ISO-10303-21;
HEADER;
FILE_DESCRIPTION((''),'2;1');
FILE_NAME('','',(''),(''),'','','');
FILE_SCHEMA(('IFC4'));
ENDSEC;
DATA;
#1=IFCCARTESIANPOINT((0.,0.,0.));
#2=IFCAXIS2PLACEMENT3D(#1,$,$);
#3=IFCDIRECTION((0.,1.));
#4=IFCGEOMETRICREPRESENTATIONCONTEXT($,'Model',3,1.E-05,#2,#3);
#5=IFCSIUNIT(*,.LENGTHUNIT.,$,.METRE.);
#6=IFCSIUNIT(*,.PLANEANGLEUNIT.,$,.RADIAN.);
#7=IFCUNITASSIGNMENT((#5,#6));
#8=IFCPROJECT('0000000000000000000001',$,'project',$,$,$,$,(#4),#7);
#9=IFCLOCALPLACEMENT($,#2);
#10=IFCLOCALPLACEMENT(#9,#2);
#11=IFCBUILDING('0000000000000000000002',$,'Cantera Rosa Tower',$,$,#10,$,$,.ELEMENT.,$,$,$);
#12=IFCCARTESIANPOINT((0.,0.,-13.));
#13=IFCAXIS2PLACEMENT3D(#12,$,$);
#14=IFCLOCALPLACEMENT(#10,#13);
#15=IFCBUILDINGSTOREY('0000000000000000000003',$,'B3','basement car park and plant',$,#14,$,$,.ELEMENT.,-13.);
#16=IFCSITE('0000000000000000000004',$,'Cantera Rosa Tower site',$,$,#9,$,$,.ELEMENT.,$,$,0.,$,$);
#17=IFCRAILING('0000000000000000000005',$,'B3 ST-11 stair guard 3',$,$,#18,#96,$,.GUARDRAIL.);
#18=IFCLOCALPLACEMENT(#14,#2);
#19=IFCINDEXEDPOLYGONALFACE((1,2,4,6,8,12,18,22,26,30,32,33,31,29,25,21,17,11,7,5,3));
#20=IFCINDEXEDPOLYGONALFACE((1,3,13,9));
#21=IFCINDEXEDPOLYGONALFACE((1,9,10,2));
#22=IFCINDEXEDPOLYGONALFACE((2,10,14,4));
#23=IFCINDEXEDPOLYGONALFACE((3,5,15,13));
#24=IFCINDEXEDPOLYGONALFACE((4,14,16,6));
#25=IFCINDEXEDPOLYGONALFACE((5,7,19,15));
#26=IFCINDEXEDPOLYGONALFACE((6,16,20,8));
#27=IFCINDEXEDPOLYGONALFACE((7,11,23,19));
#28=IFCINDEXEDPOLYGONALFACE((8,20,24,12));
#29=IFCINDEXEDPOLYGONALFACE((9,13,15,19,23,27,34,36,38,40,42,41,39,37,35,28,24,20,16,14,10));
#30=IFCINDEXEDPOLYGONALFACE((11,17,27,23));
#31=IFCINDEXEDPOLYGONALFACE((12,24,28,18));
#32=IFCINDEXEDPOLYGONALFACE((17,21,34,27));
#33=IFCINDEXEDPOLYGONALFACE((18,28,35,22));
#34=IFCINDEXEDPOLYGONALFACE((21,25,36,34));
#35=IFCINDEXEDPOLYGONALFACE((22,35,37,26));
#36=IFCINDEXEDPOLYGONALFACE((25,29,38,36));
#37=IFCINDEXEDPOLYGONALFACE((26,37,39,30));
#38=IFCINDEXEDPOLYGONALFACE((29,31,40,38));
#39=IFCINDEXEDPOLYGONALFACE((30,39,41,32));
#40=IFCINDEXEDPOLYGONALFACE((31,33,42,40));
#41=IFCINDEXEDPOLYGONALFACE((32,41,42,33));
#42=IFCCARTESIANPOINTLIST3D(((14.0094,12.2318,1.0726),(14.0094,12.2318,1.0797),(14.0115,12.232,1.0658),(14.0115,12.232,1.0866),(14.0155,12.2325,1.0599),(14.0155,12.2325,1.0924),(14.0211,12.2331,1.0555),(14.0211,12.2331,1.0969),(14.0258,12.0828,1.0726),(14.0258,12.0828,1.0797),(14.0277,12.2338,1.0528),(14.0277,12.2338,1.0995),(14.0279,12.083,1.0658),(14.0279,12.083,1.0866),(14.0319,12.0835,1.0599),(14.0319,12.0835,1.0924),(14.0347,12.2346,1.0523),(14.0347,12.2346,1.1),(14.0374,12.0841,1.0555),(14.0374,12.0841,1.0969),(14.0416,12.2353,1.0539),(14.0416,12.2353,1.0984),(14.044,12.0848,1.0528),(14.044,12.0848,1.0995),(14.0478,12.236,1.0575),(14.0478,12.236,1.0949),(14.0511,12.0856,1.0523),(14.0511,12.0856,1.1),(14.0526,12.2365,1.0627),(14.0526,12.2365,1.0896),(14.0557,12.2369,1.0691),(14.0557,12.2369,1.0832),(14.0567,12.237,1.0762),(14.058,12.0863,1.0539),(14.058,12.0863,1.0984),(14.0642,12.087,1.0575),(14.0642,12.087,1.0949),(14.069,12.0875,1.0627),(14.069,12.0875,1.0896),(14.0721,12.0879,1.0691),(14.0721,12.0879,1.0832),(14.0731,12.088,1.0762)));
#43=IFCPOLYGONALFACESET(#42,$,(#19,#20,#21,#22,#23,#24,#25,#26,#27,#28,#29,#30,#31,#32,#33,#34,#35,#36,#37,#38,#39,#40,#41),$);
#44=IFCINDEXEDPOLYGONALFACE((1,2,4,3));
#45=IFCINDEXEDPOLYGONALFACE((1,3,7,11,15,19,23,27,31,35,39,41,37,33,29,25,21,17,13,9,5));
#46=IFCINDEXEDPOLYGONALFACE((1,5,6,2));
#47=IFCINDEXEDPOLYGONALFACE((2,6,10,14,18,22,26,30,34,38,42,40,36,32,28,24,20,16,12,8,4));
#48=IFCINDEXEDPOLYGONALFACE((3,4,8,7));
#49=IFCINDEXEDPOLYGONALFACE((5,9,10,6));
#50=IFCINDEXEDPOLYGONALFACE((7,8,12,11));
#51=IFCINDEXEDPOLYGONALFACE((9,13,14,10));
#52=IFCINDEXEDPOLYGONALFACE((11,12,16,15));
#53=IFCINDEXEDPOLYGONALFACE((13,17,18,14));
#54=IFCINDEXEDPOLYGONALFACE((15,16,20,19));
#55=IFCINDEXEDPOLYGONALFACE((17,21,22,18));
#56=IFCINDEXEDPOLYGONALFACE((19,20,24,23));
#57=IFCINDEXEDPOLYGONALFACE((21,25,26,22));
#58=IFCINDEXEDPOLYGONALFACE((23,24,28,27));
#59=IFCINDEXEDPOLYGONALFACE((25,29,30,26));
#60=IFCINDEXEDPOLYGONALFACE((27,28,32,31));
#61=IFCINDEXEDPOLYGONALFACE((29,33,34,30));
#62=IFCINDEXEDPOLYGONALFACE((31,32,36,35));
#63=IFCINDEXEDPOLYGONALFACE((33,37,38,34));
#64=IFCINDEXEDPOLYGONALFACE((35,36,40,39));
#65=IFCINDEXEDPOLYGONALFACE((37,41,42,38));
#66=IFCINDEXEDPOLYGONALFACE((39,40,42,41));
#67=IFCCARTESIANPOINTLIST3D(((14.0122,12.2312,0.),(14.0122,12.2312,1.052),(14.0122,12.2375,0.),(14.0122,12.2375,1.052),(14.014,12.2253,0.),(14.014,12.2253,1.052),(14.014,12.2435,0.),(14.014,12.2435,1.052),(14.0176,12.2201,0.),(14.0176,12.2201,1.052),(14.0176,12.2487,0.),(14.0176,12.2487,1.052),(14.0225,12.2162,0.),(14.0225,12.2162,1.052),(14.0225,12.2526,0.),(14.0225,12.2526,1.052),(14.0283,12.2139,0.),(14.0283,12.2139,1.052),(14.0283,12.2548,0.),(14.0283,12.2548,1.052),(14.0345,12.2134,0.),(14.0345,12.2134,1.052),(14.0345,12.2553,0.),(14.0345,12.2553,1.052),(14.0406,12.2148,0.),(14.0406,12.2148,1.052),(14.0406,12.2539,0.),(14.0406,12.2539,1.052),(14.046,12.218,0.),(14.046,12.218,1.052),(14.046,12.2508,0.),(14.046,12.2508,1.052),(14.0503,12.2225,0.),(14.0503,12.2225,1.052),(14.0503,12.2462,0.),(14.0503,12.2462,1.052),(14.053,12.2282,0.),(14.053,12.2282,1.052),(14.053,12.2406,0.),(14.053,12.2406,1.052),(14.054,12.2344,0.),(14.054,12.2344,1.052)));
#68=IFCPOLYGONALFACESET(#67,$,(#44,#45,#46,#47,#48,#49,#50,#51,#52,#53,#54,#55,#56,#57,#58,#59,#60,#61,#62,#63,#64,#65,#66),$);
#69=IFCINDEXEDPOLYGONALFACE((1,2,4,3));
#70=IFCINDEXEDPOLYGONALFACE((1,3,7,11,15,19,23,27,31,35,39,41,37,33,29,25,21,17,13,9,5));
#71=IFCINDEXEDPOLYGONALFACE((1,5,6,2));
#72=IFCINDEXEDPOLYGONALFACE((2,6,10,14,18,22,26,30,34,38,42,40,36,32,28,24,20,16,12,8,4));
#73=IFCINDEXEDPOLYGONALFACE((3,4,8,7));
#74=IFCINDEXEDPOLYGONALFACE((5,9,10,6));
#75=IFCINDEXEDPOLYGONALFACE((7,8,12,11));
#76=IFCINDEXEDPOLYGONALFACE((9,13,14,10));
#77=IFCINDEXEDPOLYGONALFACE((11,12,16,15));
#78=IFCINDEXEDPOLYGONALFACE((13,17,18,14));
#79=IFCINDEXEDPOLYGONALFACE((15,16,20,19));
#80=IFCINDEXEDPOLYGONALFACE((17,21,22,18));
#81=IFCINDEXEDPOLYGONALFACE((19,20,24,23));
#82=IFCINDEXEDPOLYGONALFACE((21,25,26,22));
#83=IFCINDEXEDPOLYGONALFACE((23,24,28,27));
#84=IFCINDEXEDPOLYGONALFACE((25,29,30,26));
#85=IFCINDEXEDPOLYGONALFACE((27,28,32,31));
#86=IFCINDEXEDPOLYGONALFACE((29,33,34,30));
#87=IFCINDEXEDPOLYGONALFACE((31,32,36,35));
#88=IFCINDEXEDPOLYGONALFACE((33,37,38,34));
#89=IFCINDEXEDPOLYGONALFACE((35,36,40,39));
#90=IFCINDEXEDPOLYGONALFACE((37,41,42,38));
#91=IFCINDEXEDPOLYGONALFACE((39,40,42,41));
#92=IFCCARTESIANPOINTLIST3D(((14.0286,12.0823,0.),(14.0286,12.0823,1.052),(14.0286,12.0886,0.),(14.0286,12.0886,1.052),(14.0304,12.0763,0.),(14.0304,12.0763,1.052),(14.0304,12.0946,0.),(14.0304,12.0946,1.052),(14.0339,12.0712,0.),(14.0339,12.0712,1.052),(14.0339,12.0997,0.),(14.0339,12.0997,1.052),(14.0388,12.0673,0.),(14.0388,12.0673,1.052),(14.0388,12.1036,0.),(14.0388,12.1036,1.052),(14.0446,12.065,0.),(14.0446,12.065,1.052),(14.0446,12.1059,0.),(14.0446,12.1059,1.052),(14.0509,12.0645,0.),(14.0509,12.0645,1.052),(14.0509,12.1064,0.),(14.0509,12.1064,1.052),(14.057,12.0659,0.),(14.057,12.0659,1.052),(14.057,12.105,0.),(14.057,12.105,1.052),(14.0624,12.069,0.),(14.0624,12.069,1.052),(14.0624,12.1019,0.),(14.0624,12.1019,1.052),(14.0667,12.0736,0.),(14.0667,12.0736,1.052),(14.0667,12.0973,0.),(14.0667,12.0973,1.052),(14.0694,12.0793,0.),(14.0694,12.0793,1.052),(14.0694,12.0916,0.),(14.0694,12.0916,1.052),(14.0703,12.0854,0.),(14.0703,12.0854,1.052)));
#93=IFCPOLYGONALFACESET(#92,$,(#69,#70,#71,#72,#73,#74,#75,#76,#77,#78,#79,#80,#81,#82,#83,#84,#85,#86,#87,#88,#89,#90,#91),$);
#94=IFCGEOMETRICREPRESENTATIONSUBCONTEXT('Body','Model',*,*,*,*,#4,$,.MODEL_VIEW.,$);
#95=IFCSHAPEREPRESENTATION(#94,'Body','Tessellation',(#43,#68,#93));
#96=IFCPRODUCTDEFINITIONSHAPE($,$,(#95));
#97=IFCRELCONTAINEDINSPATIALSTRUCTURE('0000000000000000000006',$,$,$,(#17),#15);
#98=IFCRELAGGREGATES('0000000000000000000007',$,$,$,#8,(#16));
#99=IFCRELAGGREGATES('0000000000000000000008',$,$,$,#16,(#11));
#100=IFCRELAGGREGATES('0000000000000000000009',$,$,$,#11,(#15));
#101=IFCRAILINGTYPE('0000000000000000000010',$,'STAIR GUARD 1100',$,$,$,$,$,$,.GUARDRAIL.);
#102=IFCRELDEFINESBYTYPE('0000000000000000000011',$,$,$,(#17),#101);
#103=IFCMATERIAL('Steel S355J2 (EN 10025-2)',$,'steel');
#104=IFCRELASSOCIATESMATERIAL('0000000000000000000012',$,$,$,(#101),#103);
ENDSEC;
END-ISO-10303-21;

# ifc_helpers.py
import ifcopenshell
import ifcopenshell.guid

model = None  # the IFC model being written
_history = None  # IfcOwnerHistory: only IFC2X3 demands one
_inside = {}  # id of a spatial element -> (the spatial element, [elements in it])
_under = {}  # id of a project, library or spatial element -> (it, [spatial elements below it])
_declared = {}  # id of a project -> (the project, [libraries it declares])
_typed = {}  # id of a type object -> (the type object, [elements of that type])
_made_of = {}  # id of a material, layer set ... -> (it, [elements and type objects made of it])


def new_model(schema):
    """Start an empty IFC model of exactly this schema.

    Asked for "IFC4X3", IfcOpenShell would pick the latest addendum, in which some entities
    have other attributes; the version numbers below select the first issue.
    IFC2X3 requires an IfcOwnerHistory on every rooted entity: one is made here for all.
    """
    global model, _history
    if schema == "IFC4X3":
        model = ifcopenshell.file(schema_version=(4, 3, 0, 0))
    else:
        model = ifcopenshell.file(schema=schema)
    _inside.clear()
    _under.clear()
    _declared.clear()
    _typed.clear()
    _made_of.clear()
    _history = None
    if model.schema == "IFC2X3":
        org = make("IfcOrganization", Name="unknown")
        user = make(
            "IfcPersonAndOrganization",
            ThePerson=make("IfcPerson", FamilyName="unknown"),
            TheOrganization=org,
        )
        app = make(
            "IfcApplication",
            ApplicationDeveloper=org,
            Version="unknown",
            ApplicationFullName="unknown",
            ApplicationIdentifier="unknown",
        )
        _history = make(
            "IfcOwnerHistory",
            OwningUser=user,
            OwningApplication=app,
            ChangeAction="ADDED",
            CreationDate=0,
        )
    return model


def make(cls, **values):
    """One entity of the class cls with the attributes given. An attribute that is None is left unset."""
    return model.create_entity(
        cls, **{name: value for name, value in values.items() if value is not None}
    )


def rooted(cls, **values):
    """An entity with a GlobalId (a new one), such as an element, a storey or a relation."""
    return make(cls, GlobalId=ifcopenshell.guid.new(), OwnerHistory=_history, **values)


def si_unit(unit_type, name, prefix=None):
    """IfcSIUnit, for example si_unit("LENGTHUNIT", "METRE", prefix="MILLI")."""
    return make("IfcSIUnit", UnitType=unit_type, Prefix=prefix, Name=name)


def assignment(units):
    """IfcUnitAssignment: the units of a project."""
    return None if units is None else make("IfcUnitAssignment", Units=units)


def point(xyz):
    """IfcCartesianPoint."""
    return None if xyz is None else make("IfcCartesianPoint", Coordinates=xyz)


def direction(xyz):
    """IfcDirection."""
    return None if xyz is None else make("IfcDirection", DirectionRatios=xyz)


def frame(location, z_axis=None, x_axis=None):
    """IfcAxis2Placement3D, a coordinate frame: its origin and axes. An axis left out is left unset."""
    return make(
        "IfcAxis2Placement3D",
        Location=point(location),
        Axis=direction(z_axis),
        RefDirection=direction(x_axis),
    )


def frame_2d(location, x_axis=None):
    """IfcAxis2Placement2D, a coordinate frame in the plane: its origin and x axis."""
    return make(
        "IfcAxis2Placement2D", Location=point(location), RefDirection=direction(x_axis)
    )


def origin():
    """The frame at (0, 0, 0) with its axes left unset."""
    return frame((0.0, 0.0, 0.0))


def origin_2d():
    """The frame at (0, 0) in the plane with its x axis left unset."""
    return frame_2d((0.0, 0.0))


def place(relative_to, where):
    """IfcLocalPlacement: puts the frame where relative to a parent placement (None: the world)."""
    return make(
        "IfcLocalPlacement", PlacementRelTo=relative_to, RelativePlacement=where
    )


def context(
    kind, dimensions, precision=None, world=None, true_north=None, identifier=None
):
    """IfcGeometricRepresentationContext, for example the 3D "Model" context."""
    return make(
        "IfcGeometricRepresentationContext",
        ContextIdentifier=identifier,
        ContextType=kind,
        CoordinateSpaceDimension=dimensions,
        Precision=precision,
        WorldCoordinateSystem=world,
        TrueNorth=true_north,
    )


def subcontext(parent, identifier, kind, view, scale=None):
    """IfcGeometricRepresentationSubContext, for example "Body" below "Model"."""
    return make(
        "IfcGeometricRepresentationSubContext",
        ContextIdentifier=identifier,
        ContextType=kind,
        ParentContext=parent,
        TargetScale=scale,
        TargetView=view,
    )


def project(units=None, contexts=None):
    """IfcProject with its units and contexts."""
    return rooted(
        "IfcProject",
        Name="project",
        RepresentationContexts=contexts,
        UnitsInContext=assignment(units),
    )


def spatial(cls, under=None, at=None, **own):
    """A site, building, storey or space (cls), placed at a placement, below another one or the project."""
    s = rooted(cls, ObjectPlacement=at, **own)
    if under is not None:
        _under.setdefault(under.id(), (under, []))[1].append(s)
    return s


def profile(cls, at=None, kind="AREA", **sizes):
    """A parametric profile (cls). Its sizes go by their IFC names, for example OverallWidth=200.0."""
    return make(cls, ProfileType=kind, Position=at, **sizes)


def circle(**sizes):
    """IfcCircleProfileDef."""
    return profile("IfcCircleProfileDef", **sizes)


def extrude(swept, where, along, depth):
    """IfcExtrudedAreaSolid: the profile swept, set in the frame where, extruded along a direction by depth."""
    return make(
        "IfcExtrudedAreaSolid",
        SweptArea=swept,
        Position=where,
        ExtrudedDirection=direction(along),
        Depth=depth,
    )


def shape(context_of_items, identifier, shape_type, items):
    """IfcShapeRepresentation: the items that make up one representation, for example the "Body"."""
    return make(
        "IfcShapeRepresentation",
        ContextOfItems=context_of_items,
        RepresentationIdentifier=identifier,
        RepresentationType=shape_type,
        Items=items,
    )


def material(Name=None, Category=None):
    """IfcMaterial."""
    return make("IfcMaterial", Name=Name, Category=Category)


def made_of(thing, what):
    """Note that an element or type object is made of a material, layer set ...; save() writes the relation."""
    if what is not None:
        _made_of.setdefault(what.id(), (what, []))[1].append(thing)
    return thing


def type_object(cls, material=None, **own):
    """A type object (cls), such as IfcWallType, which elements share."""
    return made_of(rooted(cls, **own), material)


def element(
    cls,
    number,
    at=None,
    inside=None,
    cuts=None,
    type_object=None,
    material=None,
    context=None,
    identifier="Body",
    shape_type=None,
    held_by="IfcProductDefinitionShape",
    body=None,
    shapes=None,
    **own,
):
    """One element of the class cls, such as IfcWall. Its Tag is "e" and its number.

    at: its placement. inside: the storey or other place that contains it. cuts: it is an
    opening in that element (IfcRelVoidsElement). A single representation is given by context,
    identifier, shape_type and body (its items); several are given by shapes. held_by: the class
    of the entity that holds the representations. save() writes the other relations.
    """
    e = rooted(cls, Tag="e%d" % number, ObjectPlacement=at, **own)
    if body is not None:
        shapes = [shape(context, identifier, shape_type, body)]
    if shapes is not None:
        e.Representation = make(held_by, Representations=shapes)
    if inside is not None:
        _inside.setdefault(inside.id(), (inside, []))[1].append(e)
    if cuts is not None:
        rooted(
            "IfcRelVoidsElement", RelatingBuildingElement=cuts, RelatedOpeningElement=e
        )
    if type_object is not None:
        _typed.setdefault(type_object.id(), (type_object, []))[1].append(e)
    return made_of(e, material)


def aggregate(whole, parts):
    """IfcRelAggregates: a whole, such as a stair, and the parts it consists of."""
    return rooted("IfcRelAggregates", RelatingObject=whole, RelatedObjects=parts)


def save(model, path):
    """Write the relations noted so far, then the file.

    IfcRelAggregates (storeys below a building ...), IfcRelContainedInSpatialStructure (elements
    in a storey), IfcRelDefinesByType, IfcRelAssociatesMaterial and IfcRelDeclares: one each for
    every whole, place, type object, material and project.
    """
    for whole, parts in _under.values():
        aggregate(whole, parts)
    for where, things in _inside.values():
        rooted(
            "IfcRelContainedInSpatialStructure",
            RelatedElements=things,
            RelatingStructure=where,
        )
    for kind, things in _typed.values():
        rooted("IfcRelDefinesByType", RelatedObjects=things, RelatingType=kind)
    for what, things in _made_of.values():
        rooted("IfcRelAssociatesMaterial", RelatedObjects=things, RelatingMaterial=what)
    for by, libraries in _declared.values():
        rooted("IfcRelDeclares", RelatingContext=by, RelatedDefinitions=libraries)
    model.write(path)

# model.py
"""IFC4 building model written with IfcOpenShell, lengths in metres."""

from ifc_helpers import new_model, si_unit, direction, frame, origin, origin_2d, place, context, subcontext, project, spatial, circle, extrude, material, type_object, element, save


model = new_model("IFC4")

# Units and contexts
model_context = context("Model", 3, precision=1e-05, world=origin(), true_north=direction((0.0, 1.0)))
body_context = subcontext(model_context, "Body", "Model", "MODEL_VIEW")
ifc_project = project(units=[si_unit("LENGTHUNIT", "METRE"), si_unit("PLANEANGLEUNIT", "RADIAN")], contexts=[model_context])

# Site, building, storey
site_placement = place(None, origin())
site = spatial("IfcSite", under=ifc_project, at=site_placement, Name="Cantera Rosa Tower site", CompositionType="ELEMENT", RefElevation=0.0)
building_placement = place(site_placement, origin())
building = spatial("IfcBuilding", under=site, at=building_placement, Name="Cantera Rosa Tower", CompositionType="ELEMENT")
storey_placement = place(building_placement, frame((0.0, 0.0, -13.0)))
storey = spatial("IfcBuildingStorey", under=building, at=storey_placement, Name="B3", Description="basement car park and plant", CompositionType="ELEMENT", Elevation=-13.0)

# Railing
ifc_material_1 = material(Name="Steel S355J2 (EN 10025-2)", Category="steel")
railing_type_1 = type_object("IfcRailingType", Name="STAIR GUARD 1100", PredefinedType="GUARDRAIL", material=ifc_material_1)
railing_1_placement = place(storey_placement, frame((14.033, 12.2344, 0.0)))
element("IfcRailing", 1, at=railing_1_placement, inside=storey, type_object=railing_type_1, Name="B3 ST-11 stair guard 3", PredefinedType="GUARDRAIL", context=body_context, shape_type="SweptSolid", body=[
    extrude(circle(Radius=0.0239, at=origin_2d()), frame((0.0, 0.0, 1.0762), z_axis=(0.109179, -0.994022, 0.0), x_axis=(0.994022, 0.109179, 0.0)), (0.0, 0.0, 1.0), 0.1499),
    extrude(circle(Radius=0.021, at=origin_2d()), origin(), (0.0, 0.0, 1.0), 1.052),
    extrude(circle(Radius=0.021, at=origin_2d()), frame((0.0164, -0.1489, 0.0)), (0.0, 0.0, 1.0), 1.052),
])

save(model, "model.ifc")
